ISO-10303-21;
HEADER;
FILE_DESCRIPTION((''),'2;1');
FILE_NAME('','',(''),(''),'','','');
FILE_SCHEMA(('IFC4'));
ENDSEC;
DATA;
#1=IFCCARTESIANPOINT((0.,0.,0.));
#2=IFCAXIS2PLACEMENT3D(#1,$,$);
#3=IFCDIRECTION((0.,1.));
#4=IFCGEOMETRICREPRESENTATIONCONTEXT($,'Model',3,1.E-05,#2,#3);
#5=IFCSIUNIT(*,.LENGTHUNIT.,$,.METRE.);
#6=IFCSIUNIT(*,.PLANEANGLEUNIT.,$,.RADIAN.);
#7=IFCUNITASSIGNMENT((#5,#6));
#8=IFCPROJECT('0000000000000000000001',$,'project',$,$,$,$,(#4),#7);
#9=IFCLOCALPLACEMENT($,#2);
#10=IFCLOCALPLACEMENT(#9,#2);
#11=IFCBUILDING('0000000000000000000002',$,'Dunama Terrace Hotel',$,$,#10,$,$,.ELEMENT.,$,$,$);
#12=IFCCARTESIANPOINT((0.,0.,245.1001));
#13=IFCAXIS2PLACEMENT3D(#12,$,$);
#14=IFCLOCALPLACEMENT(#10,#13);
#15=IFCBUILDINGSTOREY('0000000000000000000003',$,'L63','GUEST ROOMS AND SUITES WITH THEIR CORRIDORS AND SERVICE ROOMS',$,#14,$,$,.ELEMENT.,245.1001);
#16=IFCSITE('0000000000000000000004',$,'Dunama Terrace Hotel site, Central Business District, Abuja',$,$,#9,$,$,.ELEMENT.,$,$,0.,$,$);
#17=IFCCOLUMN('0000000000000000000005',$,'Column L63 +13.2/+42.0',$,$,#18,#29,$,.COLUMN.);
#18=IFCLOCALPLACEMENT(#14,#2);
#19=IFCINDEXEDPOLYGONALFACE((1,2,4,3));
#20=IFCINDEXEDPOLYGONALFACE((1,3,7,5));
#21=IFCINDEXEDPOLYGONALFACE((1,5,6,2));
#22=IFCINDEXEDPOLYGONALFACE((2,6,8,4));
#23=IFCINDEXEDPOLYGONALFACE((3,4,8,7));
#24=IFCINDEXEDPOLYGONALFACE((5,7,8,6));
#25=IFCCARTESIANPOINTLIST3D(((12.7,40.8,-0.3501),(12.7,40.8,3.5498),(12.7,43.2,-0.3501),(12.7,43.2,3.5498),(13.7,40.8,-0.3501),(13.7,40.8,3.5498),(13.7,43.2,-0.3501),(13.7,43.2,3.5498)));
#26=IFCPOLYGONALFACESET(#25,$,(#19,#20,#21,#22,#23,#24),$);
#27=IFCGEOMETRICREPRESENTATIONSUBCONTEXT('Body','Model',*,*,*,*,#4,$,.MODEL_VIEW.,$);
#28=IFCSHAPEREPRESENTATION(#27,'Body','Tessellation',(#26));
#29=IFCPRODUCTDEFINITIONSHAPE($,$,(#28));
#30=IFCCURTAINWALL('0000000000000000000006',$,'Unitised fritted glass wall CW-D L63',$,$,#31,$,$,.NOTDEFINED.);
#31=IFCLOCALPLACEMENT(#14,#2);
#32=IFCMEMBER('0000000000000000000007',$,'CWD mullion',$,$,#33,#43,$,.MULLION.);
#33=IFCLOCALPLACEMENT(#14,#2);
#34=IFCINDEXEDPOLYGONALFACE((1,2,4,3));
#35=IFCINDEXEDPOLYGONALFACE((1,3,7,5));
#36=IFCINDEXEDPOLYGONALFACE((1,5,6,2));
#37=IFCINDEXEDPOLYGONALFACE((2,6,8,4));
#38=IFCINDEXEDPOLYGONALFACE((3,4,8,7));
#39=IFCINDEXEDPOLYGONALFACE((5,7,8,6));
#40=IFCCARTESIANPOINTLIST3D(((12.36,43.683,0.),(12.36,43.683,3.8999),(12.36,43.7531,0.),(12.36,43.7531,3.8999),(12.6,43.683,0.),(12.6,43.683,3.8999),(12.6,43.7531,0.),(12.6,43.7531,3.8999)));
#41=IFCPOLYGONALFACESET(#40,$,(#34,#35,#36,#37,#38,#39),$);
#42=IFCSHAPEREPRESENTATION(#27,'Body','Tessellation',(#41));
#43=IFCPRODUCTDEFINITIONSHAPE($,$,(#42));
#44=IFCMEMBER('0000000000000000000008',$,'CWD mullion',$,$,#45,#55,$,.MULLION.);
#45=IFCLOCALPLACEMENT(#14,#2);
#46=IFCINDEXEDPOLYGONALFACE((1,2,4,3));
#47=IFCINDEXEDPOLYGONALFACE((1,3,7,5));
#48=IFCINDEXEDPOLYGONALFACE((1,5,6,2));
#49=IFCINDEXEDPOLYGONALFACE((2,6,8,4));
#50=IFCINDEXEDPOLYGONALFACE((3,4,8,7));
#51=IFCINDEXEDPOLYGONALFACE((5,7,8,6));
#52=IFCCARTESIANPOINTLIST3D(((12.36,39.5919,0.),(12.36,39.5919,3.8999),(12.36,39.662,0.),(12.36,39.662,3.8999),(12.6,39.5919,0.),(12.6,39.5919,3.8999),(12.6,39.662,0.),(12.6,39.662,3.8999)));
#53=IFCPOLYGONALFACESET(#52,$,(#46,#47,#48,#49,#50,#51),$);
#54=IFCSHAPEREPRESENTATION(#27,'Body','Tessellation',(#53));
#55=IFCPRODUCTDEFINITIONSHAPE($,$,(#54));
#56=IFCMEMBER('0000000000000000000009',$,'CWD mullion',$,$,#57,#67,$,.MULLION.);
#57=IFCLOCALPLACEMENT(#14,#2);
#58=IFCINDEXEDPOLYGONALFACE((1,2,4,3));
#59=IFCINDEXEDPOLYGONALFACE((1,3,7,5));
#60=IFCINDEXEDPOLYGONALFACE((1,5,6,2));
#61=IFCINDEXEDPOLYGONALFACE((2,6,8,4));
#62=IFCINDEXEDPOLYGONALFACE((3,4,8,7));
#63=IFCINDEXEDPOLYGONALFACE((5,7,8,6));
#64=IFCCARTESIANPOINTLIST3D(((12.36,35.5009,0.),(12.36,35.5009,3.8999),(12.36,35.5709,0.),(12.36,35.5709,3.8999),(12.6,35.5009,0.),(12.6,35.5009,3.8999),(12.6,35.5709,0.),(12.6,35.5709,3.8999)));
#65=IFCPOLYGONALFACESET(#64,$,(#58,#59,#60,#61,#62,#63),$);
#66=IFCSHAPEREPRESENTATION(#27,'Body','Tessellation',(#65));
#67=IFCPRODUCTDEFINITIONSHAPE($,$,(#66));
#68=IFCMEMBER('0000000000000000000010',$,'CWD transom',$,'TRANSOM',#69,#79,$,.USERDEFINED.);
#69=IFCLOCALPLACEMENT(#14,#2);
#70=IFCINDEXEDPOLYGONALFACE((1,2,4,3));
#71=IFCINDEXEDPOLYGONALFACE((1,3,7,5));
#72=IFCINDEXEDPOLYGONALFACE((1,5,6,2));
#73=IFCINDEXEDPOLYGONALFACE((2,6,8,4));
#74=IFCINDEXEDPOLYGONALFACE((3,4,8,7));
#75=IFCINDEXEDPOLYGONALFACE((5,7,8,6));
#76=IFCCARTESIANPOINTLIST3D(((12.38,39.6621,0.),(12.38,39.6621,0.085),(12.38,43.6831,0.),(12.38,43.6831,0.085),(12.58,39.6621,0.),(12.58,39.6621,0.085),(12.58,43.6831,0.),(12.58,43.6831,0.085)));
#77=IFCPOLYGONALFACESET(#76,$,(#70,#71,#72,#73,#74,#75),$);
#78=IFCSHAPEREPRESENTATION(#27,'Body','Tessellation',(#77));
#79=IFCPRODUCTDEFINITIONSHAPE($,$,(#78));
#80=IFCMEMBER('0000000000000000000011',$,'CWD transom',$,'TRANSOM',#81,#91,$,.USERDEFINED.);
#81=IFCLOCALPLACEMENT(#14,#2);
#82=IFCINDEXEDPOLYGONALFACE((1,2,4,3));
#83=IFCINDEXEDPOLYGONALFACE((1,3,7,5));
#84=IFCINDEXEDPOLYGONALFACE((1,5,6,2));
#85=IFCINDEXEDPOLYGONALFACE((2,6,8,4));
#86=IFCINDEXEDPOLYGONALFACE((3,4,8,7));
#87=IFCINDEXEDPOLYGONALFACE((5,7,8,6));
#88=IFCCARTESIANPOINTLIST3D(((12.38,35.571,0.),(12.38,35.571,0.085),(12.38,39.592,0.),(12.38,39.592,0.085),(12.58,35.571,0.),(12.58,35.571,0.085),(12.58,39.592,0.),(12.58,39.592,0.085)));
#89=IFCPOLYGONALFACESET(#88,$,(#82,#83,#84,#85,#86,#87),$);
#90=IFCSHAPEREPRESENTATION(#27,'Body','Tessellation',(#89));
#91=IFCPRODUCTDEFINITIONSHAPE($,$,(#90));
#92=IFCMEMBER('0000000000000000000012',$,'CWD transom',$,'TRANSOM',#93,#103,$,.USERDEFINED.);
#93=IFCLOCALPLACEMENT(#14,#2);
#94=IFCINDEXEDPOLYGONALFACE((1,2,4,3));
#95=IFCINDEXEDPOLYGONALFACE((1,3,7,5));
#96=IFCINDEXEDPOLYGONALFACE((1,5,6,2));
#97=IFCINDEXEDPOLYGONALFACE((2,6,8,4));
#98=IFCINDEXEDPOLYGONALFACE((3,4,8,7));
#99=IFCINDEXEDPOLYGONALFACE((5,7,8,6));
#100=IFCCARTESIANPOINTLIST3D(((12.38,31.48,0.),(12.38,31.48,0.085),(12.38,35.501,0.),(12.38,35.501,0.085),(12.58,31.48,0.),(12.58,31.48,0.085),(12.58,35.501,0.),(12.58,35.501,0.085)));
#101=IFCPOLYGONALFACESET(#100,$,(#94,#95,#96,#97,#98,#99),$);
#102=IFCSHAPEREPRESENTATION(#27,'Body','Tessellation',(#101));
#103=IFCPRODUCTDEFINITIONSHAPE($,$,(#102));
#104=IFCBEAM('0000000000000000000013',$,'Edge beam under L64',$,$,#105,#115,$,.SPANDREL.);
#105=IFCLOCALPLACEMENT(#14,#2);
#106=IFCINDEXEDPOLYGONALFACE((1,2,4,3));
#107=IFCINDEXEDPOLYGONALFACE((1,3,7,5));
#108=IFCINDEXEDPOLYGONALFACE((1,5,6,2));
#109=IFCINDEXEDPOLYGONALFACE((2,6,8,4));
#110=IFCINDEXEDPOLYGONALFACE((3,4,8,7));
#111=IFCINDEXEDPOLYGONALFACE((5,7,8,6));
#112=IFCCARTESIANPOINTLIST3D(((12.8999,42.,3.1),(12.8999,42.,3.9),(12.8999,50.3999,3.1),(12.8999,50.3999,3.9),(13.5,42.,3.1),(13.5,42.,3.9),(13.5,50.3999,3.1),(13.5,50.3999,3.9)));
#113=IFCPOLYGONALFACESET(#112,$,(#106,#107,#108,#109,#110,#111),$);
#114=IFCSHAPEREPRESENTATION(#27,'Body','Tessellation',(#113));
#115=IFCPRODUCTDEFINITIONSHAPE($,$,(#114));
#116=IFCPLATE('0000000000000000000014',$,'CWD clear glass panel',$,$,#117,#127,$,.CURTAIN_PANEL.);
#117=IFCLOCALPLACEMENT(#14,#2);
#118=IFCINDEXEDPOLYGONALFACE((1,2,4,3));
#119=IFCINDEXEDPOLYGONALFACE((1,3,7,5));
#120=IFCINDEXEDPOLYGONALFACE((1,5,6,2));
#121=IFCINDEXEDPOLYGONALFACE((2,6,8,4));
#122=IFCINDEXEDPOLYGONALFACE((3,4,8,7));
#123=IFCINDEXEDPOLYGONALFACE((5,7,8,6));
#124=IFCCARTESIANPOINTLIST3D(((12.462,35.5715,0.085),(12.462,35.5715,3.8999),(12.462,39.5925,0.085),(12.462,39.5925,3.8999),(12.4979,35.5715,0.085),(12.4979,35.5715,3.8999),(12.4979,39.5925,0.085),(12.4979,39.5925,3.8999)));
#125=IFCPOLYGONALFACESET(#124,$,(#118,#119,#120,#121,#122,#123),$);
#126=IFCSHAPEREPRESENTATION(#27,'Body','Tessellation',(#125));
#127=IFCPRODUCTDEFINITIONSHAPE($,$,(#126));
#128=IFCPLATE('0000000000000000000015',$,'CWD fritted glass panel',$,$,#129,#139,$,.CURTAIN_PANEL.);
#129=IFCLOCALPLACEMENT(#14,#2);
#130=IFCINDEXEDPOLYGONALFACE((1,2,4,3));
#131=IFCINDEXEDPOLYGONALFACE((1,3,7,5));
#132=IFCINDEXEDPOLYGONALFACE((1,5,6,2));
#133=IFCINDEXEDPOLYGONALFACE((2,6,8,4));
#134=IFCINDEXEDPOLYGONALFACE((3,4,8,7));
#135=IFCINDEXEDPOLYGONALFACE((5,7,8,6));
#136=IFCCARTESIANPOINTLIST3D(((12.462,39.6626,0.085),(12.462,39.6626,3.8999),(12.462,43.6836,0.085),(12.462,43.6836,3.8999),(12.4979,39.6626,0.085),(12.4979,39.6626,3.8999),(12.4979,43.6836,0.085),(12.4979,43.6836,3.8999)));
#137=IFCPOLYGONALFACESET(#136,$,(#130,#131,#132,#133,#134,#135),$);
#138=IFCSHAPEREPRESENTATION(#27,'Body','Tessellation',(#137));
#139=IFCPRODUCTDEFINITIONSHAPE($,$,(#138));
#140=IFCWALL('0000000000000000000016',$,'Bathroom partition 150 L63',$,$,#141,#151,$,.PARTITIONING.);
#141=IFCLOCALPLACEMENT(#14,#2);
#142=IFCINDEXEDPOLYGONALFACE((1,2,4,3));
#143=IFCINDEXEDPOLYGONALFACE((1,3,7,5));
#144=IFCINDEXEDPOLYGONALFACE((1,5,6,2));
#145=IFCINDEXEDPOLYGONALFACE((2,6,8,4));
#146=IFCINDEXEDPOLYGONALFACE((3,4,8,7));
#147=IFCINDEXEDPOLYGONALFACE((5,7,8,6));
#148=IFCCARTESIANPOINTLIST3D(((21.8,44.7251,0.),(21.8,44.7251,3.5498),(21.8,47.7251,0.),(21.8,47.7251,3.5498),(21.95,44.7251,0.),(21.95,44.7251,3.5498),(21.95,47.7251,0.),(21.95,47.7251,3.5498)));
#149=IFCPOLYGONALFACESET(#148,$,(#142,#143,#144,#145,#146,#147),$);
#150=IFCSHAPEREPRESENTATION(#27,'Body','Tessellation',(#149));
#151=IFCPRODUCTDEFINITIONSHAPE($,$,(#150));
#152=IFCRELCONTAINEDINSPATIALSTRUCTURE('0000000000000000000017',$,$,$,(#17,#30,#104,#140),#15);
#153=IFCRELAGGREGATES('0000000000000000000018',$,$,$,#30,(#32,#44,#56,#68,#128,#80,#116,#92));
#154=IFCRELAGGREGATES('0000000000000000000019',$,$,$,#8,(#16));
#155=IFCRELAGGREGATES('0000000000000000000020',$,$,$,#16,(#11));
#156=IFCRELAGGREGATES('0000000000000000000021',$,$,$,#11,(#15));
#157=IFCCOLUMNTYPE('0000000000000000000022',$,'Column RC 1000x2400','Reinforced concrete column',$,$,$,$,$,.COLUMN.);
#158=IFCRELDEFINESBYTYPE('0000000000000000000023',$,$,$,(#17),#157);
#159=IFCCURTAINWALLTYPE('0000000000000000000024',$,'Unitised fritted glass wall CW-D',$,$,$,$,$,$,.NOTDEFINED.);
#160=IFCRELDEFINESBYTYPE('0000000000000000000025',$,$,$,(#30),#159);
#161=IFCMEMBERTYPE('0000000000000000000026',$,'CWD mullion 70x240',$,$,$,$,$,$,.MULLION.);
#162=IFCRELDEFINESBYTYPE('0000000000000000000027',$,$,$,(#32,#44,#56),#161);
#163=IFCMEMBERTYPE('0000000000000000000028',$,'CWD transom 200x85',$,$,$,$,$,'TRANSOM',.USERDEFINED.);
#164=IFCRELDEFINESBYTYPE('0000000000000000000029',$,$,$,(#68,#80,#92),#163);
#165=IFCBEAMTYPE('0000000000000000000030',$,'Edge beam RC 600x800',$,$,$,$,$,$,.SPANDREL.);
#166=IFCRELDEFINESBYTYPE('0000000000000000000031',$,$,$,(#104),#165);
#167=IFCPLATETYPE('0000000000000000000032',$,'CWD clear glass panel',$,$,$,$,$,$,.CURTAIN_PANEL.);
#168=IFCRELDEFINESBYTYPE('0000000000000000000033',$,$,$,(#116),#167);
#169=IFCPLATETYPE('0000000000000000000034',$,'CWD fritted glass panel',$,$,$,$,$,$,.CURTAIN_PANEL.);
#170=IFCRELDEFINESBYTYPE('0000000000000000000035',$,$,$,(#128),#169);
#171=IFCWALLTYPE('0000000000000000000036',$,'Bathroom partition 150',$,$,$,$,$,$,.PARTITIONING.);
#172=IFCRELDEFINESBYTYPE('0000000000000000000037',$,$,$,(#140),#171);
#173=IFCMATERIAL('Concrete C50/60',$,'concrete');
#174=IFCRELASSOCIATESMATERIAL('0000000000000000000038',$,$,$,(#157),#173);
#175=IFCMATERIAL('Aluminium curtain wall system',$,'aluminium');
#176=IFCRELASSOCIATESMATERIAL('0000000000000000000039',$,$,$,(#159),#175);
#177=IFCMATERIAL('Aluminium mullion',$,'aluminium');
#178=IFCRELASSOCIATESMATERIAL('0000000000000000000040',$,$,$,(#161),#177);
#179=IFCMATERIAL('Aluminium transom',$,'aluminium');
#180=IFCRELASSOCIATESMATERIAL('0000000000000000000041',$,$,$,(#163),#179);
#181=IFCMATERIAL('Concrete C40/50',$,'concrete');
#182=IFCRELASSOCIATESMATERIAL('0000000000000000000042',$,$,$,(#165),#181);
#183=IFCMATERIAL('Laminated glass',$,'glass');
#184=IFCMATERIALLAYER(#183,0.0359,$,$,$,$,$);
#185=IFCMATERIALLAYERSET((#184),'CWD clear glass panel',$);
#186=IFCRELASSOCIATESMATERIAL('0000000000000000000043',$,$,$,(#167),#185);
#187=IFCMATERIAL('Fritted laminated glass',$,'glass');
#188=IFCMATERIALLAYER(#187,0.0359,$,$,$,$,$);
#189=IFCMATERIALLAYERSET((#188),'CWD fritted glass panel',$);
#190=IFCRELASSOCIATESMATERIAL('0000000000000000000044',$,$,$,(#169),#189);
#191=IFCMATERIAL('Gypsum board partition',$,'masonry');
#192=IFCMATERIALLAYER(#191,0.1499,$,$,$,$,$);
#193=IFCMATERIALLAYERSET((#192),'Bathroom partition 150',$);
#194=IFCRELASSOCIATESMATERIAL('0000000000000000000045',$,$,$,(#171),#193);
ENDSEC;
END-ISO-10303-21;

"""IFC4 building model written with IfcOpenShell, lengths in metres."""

from ifc_helpers import new_model, si_unit, direction, frame, frame_2d, origin, origin_2d, place, context, subcontext, project, spatial, rectangle, extrude, material, layer, layer_set, material_profile, profile_set, type_object, element, aggregate, save


model = new_model("IFC4")

# Units and contexts
model_context = context("Model", 3, precision=1e-05, world=origin(), true_north=direction((0.0, 1.0)))
body_context = subcontext(model_context, "Body", "Model", "MODEL_VIEW")
ifc_project = project(units=[si_unit("LENGTHUNIT", "METRE"), si_unit("PLANEANGLEUNIT", "RADIAN")], contexts=[model_context])

# Site, building, storey
site_placement = place(None, origin())
site = spatial("IfcSite", under=ifc_project, at=site_placement, Name="Dunama Terrace Hotel site, Central Business District, Abuja", CompositionType="ELEMENT", RefElevation=0.0)
building_placement = place(site_placement, origin())
building = spatial("IfcBuilding", under=site, at=building_placement, Name="Dunama Terrace Hotel", CompositionType="ELEMENT")
storey_placement = place(building_placement, frame((0.0, 0.0, 245.1001)))
storey = spatial("IfcBuildingStorey", under=building, at=storey_placement, Name="L63", Description="GUEST ROOMS AND SUITES WITH THEIR CORRIDORS AND SERVICE ROOMS", CompositionType="ELEMENT", Elevation=245.1001)

# Column
ifc_material_1 = material(Name="Concrete C50/60", Category="concrete")
ifc_material_profile_1 = material_profile(ifc_material_1, rectangle(XDim=1.0, YDim=2.3999, at=origin_2d()), Name="RC 1000x2400")
ifc_profile_set_1 = profile_set([ifc_material_profile_1], Name="Concrete C50/60")
column_type = type_object("IfcColumnType", Name="Column RC 1000x2400", Description="Reinforced concrete column", PredefinedType="COLUMN", material=ifc_profile_set_1)
column_placement = place(storey_placement, frame((13.2, 42.0, -0.3501), z_axis=(0.0, 0.0, 1.0), x_axis=(1.0, 0.0, 0.0)))
element("IfcColumn", 1, at=column_placement, inside=storey, type_object=column_type, Name="Column L63 +13.2/+42.0", PredefinedType="COLUMN", context=body_context, shape_type="SweptSolid", body=[
    extrude(rectangle(XDim=1.0, YDim=2.3999, at=origin_2d()), origin(), (0.0, 0.0, 1.0), 3.8999),
])

# Curtain wall, members
ifc_material_2 = material(Name="Aluminium curtain wall system", Category="aluminium")
curtain_wall_type = type_object("IfcCurtainWallType", Name="Unitised fritted glass wall CW-D", PredefinedType="NOTDEFINED", material=ifc_material_2)
curtain_wall_placement = place(storey_placement, origin())
curtain_wall = element("IfcCurtainWall", 2, at=curtain_wall_placement, inside=storey, type_object=curtain_wall_type, Name="Unitised fritted glass wall CW-D L63", PredefinedType="NOTDEFINED")
ifc_material_3 = material(Name="Aluminium mullion", Category="aluminium")
ifc_material_profile_2 = material_profile(ifc_material_3, rectangle(XDim=0.0701, YDim=0.24, at=origin_2d()), Name="CWD MULLION 70X240")
ifc_profile_set_2 = profile_set([ifc_material_profile_2], Name="Aluminium mullion")
member_type_1 = type_object("IfcMemberType", Name="CWD mullion 70x240", PredefinedType="MULLION", material=ifc_profile_set_2)
member_1_placement = place(storey_placement, frame((12.48, 43.718, 0.0), z_axis=(0.0, 0.0, 1.0), x_axis=(0.0, -1.0, 0.0)))
member_1 = element("IfcMember", 3, at=member_1_placement, type_object=member_type_1, Name="CWD mullion", PredefinedType="MULLION", context=body_context, shape_type="SweptSolid", body=[
    extrude(rectangle(XDim=0.0701, YDim=0.24, at=origin_2d()), origin(), (0.0, 0.0, 1.0), 3.8999),
])
member_2_placement = place(storey_placement, frame((12.48, 39.627, 0.0), z_axis=(0.0, 0.0, 1.0), x_axis=(0.0, -1.0, 0.0)))
member_2 = element("IfcMember", 4, at=member_2_placement, type_object=member_type_1, Name="CWD mullion", PredefinedType="MULLION", context=body_context, shape_type="SweptSolid", body=[
    extrude(rectangle(XDim=0.0701, YDim=0.24, at=origin_2d()), origin(), (0.0, 0.0, 1.0), 3.8999),
])
member_3_placement = place(storey_placement, frame((12.48, 35.5359, 0.0), z_axis=(0.0, 0.0, 1.0), x_axis=(0.0, -1.0, 0.0)))
member_3 = element("IfcMember", 5, at=member_3_placement, type_object=member_type_1, Name="CWD mullion", PredefinedType="MULLION", context=body_context, shape_type="SweptSolid", body=[
    extrude(rectangle(XDim=0.0701, YDim=0.24, at=origin_2d()), origin(), (0.0, 0.0, 1.0), 3.8999),
])
ifc_material_4 = material(Name="Aluminium transom", Category="aluminium")
ifc_material_profile_3 = material_profile(ifc_material_4, rectangle(XDim=0.2, YDim=0.085, at=origin_2d()), Name="CWD TRANSOM 200X85")
ifc_profile_set_3 = profile_set([ifc_material_profile_3], Name="Aluminium transom")
member_type_2 = type_object("IfcMemberType", Name="CWD transom 200x85", ElementType="TRANSOM", PredefinedType="USERDEFINED", material=ifc_profile_set_3)
member_4_placement = place(storey_placement, frame((12.48, 43.6831, 0.0425), z_axis=(0.0, -1.0, 0.0), x_axis=(1.0, 0.0, 0.0)))
member_4 = element("IfcMember", 6, at=member_4_placement, type_object=member_type_2, Name="CWD transom", ObjectType="TRANSOM", PredefinedType="USERDEFINED", context=body_context, shape_type="SweptSolid", body=[
    extrude(rectangle(XDim=0.2, YDim=0.085, at=origin_2d()), origin(), (0.0, 0.0, 1.0), 4.021),
])
member_5_placement = place(storey_placement, frame((12.48, 39.592, 0.0425), z_axis=(0.0, -1.0, 0.0), x_axis=(1.0, 0.0, 0.0)))
member_5 = element("IfcMember", 7, at=member_5_placement, type_object=member_type_2, Name="CWD transom", ObjectType="TRANSOM", PredefinedType="USERDEFINED", context=body_context, shape_type="SweptSolid", body=[
    extrude(rectangle(XDim=0.2, YDim=0.085, at=origin_2d()), origin(), (0.0, 0.0, 1.0), 4.021),
])
member_6_placement = place(storey_placement, frame((12.48, 35.501, 0.0425), z_axis=(0.0, -1.0, 0.0), x_axis=(1.0, 0.0, 0.0)))
member_6 = element("IfcMember", 8, at=member_6_placement, type_object=member_type_2, Name="CWD transom", ObjectType="TRANSOM", PredefinedType="USERDEFINED", context=body_context, shape_type="SweptSolid", body=[
    extrude(rectangle(XDim=0.2, YDim=0.085, at=origin_2d()), origin(), (0.0, 0.0, 1.0), 4.021),
])

# Beam
ifc_material_5 = material(Name="Concrete C40/50", Category="concrete")
ifc_material_profile_4 = material_profile(ifc_material_5, rectangle(XDim=0.6001, YDim=0.8, at=origin_2d()), Name="RC 600x800")
ifc_profile_set_4 = profile_set([ifc_material_profile_4], Name="Concrete C40/50")
beam_type = type_object("IfcBeamType", Name="Edge beam RC 600x800", PredefinedType="SPANDREL", material=ifc_profile_set_4)
beam_placement = place(storey_placement, frame((13.2, 42.0, 3.5), z_axis=(0.0, 1.0, 0.0), x_axis=(-1.0, 0.0, 0.0)))
element("IfcBeam", 9, at=beam_placement, inside=storey, type_object=beam_type, Name="Edge beam under L64", PredefinedType="SPANDREL", context=body_context, shape_type="SweptSolid", body=[
    extrude(rectangle(XDim=0.6001, YDim=0.8, at=origin_2d()), origin(), (0.0, 0.0, 1.0), 8.3999),
])

# Plates
ifc_material_6 = material(Name="Laminated glass", Category="glass")
ifc_layer_1 = layer(ifc_material_6, 0.0359)
ifc_layer_set_1 = layer_set([ifc_layer_1], Name="CWD clear glass panel")
plate_type_1 = type_object("IfcPlateType", Name="CWD clear glass panel", PredefinedType="CURTAIN_PANEL", material=ifc_layer_set_1)
plate_1_placement = place(storey_placement, frame((12.48, 37.582, 0.085), z_axis=(0.0, 0.0, 1.0), x_axis=(0.0, -1.0, 0.0)))
plate_1 = element("IfcPlate", 10, at=plate_1_placement, type_object=plate_type_1, Name="CWD clear glass panel", PredefinedType="CURTAIN_PANEL", context=body_context, shape_type="SweptSolid", body=[
    extrude(rectangle(XDim=4.021, YDim=0.0359, at=origin_2d()), origin(), (0.0, 0.0, 1.0), 3.8149),
])
ifc_material_7 = material(Name="Fritted laminated glass", Category="glass")
ifc_layer_2 = layer(ifc_material_7, 0.0359)
ifc_layer_set_2 = layer_set([ifc_layer_2], Name="CWD fritted glass panel")
plate_type_2 = type_object("IfcPlateType", Name="CWD fritted glass panel", PredefinedType="CURTAIN_PANEL", material=ifc_layer_set_2)
plate_2_placement = place(storey_placement, frame((12.48, 41.6731, 0.085), z_axis=(0.0, 0.0, 1.0), x_axis=(0.0, -1.0, 0.0)))
plate_2 = element("IfcPlate", 11, at=plate_2_placement, type_object=plate_type_2, Name="CWD fritted glass panel", PredefinedType="CURTAIN_PANEL", context=body_context, shape_type="SweptSolid", body=[
    extrude(rectangle(XDim=4.021, YDim=0.0359, at=origin_2d()), origin(), (0.0, 0.0, 1.0), 3.8149),
])
aggregate(curtain_wall, [member_1, member_2, member_3, member_4, plate_2, member_5, plate_1, member_6])

# Wall
ifc_material_8 = material(Name="Gypsum board partition", Category="masonry")
ifc_layer_3 = layer(ifc_material_8, 0.1499)
ifc_layer_set_3 = layer_set([ifc_layer_3], Name="Bathroom partition 150")
wall_type_1 = type_object("IfcWallType", Name="Bathroom partition 150", PredefinedType="PARTITIONING", material=ifc_layer_set_3)
wall_1_placement = place(storey_placement, frame((21.875, 44.7251, 0.0), z_axis=(0.0, 0.0, 1.0), x_axis=(0.0, 1.0, 0.0)))
element("IfcWall", 12, at=wall_1_placement, inside=storey, type_object=wall_type_1, Name="Bathroom partition 150 L63", PredefinedType="PARTITIONING", context=body_context, shape_type="SweptSolid", body=[
    extrude(rectangle(XDim=3.0, YDim=0.1499, at=frame_2d((1.5, 0.0))), origin(), (0.0, 0.0, 1.0), 3.5498),
])

save(model, "model.ifc")
